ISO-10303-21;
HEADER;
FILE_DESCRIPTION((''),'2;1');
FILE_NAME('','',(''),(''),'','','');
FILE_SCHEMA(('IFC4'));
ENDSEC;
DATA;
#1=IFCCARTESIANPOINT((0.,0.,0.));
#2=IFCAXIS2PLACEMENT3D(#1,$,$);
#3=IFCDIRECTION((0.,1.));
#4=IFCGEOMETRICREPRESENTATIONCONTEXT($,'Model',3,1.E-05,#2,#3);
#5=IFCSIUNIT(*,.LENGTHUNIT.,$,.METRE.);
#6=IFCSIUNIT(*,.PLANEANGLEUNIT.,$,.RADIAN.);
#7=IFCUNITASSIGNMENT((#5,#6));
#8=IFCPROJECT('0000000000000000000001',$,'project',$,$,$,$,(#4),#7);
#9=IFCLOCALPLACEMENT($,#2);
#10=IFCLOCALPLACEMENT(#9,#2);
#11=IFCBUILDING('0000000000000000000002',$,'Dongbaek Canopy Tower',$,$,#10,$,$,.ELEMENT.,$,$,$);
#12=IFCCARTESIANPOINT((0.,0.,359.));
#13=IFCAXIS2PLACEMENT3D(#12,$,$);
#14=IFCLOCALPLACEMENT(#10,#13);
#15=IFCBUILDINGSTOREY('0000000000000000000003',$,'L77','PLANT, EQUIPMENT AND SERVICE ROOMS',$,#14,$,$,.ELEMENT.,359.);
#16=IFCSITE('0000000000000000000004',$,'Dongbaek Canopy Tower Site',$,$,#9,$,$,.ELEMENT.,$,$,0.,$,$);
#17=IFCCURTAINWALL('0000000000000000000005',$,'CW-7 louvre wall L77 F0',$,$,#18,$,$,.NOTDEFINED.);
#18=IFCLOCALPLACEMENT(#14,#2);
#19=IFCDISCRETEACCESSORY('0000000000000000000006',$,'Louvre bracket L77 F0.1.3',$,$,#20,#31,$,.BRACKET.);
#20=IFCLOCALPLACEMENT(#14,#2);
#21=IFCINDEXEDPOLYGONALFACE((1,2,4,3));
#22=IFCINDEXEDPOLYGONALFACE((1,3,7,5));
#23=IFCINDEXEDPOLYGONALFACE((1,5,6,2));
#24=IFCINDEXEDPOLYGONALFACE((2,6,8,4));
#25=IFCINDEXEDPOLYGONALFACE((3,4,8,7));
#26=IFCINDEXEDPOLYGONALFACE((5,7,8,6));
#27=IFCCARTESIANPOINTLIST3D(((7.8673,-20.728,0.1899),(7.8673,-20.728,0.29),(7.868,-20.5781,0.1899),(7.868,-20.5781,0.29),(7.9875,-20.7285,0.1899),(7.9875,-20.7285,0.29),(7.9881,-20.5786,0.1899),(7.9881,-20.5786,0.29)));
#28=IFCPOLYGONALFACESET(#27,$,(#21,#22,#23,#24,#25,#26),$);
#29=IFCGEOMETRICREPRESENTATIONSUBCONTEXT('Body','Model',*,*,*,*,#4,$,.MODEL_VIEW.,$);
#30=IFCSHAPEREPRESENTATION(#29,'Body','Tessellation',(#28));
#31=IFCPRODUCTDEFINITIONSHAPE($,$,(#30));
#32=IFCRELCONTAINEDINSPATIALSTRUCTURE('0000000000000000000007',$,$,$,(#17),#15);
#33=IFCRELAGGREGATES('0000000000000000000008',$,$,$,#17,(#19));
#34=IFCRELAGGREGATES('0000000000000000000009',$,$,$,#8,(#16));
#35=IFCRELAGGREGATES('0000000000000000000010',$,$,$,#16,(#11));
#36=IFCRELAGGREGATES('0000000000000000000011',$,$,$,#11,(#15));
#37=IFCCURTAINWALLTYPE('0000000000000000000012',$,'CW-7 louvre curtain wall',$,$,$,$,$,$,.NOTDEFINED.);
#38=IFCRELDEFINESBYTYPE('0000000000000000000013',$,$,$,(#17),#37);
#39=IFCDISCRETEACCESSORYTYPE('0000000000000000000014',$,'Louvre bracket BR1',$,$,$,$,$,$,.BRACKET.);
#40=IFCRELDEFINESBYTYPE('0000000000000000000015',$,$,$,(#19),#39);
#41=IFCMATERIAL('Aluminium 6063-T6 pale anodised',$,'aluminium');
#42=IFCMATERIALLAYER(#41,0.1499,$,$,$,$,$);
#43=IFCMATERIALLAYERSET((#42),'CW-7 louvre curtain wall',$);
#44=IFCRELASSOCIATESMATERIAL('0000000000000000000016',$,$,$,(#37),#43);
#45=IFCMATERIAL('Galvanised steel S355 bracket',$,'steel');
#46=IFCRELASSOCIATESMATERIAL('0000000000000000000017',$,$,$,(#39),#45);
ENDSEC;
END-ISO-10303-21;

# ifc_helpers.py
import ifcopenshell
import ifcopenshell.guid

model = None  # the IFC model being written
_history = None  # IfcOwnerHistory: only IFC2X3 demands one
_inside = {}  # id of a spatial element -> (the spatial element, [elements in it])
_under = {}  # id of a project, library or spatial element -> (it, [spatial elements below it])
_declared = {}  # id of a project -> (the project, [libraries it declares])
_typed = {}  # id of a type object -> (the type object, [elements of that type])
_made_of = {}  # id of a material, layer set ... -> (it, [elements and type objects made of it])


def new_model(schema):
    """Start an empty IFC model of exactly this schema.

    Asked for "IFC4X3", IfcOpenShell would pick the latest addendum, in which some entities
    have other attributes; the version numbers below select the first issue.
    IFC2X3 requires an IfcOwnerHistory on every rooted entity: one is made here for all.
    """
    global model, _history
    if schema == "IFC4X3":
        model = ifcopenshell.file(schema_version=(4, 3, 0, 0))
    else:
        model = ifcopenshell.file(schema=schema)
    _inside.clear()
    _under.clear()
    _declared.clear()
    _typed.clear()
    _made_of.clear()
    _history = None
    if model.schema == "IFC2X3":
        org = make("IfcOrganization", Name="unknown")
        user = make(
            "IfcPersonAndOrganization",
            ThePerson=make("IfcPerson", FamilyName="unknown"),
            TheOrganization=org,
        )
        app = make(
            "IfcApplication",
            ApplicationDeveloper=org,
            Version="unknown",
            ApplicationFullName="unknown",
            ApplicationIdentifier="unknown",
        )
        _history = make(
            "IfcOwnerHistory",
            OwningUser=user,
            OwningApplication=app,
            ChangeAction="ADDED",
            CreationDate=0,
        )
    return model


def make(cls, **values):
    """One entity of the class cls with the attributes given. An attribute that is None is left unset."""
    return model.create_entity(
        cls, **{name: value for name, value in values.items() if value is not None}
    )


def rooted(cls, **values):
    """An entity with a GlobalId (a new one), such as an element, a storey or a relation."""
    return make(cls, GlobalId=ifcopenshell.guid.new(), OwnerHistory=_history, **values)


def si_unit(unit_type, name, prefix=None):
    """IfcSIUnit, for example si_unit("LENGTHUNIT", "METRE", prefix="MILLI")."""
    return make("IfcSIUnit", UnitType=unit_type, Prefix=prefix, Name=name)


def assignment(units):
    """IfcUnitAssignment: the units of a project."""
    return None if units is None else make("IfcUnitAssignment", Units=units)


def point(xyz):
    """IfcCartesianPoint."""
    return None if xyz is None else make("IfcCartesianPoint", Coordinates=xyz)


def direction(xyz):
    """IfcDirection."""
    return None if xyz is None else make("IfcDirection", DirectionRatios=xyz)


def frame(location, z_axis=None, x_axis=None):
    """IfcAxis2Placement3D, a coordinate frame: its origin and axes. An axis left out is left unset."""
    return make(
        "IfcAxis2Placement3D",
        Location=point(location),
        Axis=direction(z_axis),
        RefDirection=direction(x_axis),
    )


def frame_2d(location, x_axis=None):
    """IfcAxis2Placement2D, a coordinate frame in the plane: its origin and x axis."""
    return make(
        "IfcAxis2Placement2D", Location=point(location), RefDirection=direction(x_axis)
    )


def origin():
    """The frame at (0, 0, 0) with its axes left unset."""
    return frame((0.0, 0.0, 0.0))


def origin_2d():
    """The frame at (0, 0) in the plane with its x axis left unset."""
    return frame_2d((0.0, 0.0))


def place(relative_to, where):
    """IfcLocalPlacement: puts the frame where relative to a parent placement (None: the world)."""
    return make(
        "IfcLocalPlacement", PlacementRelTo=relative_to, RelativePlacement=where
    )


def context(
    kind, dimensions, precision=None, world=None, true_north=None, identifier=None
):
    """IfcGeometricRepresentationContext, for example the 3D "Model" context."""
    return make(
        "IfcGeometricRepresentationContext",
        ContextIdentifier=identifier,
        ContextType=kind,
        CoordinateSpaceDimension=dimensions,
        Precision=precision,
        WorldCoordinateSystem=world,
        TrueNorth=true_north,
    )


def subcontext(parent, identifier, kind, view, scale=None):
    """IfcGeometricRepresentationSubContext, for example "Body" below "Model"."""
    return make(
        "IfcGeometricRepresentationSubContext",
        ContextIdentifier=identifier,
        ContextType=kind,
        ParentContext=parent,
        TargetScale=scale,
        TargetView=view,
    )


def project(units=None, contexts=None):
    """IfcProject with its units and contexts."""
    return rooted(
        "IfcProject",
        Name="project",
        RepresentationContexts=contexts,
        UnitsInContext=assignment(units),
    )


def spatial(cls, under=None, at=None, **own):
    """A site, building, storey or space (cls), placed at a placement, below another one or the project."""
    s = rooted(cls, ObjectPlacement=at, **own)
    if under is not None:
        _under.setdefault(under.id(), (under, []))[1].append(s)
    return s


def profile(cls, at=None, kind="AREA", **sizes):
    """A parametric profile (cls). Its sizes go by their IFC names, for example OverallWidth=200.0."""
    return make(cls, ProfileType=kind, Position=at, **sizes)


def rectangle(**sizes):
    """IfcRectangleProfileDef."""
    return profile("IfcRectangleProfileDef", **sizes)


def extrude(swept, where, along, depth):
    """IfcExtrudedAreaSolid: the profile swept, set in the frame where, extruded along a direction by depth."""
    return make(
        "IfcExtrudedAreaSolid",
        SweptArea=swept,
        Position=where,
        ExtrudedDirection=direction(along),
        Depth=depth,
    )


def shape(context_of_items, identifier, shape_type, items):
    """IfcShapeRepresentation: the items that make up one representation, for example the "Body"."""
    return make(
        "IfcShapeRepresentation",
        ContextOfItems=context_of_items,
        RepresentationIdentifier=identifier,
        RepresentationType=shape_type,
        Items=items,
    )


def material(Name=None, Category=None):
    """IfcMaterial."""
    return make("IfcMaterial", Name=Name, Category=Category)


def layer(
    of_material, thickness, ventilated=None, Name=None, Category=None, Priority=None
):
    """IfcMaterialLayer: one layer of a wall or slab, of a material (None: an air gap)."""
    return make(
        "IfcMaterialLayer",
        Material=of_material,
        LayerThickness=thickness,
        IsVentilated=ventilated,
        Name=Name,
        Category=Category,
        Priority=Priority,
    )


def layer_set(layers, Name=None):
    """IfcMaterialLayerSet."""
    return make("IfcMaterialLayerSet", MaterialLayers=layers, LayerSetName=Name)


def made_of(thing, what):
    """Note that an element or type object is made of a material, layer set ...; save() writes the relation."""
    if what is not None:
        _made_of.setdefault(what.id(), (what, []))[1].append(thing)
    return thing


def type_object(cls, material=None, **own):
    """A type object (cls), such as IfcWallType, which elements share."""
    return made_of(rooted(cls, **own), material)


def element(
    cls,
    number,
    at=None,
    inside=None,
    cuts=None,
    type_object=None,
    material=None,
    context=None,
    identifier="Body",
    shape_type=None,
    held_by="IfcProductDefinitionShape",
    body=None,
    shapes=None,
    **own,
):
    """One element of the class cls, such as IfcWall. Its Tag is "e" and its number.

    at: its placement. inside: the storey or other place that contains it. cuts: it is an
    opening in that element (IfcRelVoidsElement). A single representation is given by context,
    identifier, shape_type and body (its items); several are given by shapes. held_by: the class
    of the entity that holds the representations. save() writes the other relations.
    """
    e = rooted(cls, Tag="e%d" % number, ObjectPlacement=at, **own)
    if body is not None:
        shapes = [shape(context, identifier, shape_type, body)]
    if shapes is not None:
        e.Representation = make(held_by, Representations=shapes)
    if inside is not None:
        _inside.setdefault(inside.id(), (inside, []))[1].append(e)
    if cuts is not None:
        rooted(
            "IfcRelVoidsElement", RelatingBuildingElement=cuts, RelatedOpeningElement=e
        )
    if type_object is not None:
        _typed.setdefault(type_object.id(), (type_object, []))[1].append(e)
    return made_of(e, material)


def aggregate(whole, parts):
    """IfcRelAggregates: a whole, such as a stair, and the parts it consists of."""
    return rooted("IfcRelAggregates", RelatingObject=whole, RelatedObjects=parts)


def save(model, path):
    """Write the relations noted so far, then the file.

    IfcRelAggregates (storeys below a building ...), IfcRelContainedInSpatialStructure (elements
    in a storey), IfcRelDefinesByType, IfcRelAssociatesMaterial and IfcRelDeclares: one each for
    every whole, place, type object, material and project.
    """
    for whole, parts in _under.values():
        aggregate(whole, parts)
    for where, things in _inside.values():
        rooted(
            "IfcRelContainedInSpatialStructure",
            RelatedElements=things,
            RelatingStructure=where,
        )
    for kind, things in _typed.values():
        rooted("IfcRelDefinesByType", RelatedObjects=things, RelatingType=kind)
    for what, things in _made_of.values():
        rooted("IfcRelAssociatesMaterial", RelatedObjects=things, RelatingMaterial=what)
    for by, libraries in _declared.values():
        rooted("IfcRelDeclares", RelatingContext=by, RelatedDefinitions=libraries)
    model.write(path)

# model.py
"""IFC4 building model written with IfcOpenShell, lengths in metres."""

from ifc_helpers import new_model, si_unit, direction, frame, origin, origin_2d, place, context, subcontext, project, spatial, rectangle, extrude, material, layer, layer_set, type_object, element, aggregate, save


model = new_model("IFC4")

# Units and contexts
model_context = context("Model", 3, precision=1e-05, world=origin(), true_north=direction((0.0, 1.0)))
body_context = subcontext(model_context, "Body", "Model", "MODEL_VIEW")
ifc_project = project(units=[si_unit("LENGTHUNIT", "METRE"), si_unit("PLANEANGLEUNIT", "RADIAN")], contexts=[model_context])

# Site, building, storey
site_placement = place(None, origin())
site = spatial("IfcSite", under=ifc_project, at=site_placement, Name="Dongbaek Canopy Tower Site", CompositionType="ELEMENT", RefElevation=0.0)
building_placement = place(site_placement, origin())
building = spatial("IfcBuilding", under=site, at=building_placement, Name="Dongbaek Canopy Tower", CompositionType="ELEMENT")
storey_placement = place(building_placement, frame((0.0, 0.0, 359.0)))
storey = spatial("IfcBuildingStorey", under=building, at=storey_placement, Name="L77", Description="PLANT, EQUIPMENT AND SERVICE ROOMS", CompositionType="ELEMENT", Elevation=359.0)

# Curtain wall
ifc_material_1 = material(Name="Aluminium 6063-T6 pale anodised", Category="aluminium")
ifc_layer_1 = layer(ifc_material_1, 0.1499)
ifc_layer_set_1 = layer_set([ifc_layer_1], Name="CW-7 louvre curtain wall")
curtain_wall_type = type_object("IfcCurtainWallType", Name="CW-7 louvre curtain wall", PredefinedType="NOTDEFINED", material=ifc_layer_set_1)
curtain_wall_placement = place(storey_placement, origin())
curtain_wall = element("IfcCurtainWall", 1, at=curtain_wall_placement, inside=storey, type_object=curtain_wall_type, Name="CW-7 louvre wall L77 F0", PredefinedType="NOTDEFINED")

# Discrete accessory
ifc_material_2 = material(Name="Galvanised steel S355 bracket", Category="steel")
discrete_accessory_type = type_object("IfcDiscreteAccessoryType", Name="Louvre bracket BR1", PredefinedType="BRACKET", material=ifc_material_2)
discrete_accessory_1_placement = place(storey_placement, frame((7.9277, -20.6533, 0.1899), z_axis=(0.0, 0.0, 1.0), x_axis=(0.99999, -0.004466, 0.0)))
discrete_accessory_1 = element("IfcDiscreteAccessory", 2, at=discrete_accessory_1_placement, type_object=discrete_accessory_type, Name="Louvre bracket L77 F0.1.3", PredefinedType="BRACKET", context=body_context, shape_type="SweptSolid", body=[
    extrude(rectangle(XDim=0.1201, YDim=0.1499, at=origin_2d()), origin(), (0.0, 0.0, 1.0), 0.1001),
])
aggregate(curtain_wall, [discrete_accessory_1])

save(model, "model.ifc")
